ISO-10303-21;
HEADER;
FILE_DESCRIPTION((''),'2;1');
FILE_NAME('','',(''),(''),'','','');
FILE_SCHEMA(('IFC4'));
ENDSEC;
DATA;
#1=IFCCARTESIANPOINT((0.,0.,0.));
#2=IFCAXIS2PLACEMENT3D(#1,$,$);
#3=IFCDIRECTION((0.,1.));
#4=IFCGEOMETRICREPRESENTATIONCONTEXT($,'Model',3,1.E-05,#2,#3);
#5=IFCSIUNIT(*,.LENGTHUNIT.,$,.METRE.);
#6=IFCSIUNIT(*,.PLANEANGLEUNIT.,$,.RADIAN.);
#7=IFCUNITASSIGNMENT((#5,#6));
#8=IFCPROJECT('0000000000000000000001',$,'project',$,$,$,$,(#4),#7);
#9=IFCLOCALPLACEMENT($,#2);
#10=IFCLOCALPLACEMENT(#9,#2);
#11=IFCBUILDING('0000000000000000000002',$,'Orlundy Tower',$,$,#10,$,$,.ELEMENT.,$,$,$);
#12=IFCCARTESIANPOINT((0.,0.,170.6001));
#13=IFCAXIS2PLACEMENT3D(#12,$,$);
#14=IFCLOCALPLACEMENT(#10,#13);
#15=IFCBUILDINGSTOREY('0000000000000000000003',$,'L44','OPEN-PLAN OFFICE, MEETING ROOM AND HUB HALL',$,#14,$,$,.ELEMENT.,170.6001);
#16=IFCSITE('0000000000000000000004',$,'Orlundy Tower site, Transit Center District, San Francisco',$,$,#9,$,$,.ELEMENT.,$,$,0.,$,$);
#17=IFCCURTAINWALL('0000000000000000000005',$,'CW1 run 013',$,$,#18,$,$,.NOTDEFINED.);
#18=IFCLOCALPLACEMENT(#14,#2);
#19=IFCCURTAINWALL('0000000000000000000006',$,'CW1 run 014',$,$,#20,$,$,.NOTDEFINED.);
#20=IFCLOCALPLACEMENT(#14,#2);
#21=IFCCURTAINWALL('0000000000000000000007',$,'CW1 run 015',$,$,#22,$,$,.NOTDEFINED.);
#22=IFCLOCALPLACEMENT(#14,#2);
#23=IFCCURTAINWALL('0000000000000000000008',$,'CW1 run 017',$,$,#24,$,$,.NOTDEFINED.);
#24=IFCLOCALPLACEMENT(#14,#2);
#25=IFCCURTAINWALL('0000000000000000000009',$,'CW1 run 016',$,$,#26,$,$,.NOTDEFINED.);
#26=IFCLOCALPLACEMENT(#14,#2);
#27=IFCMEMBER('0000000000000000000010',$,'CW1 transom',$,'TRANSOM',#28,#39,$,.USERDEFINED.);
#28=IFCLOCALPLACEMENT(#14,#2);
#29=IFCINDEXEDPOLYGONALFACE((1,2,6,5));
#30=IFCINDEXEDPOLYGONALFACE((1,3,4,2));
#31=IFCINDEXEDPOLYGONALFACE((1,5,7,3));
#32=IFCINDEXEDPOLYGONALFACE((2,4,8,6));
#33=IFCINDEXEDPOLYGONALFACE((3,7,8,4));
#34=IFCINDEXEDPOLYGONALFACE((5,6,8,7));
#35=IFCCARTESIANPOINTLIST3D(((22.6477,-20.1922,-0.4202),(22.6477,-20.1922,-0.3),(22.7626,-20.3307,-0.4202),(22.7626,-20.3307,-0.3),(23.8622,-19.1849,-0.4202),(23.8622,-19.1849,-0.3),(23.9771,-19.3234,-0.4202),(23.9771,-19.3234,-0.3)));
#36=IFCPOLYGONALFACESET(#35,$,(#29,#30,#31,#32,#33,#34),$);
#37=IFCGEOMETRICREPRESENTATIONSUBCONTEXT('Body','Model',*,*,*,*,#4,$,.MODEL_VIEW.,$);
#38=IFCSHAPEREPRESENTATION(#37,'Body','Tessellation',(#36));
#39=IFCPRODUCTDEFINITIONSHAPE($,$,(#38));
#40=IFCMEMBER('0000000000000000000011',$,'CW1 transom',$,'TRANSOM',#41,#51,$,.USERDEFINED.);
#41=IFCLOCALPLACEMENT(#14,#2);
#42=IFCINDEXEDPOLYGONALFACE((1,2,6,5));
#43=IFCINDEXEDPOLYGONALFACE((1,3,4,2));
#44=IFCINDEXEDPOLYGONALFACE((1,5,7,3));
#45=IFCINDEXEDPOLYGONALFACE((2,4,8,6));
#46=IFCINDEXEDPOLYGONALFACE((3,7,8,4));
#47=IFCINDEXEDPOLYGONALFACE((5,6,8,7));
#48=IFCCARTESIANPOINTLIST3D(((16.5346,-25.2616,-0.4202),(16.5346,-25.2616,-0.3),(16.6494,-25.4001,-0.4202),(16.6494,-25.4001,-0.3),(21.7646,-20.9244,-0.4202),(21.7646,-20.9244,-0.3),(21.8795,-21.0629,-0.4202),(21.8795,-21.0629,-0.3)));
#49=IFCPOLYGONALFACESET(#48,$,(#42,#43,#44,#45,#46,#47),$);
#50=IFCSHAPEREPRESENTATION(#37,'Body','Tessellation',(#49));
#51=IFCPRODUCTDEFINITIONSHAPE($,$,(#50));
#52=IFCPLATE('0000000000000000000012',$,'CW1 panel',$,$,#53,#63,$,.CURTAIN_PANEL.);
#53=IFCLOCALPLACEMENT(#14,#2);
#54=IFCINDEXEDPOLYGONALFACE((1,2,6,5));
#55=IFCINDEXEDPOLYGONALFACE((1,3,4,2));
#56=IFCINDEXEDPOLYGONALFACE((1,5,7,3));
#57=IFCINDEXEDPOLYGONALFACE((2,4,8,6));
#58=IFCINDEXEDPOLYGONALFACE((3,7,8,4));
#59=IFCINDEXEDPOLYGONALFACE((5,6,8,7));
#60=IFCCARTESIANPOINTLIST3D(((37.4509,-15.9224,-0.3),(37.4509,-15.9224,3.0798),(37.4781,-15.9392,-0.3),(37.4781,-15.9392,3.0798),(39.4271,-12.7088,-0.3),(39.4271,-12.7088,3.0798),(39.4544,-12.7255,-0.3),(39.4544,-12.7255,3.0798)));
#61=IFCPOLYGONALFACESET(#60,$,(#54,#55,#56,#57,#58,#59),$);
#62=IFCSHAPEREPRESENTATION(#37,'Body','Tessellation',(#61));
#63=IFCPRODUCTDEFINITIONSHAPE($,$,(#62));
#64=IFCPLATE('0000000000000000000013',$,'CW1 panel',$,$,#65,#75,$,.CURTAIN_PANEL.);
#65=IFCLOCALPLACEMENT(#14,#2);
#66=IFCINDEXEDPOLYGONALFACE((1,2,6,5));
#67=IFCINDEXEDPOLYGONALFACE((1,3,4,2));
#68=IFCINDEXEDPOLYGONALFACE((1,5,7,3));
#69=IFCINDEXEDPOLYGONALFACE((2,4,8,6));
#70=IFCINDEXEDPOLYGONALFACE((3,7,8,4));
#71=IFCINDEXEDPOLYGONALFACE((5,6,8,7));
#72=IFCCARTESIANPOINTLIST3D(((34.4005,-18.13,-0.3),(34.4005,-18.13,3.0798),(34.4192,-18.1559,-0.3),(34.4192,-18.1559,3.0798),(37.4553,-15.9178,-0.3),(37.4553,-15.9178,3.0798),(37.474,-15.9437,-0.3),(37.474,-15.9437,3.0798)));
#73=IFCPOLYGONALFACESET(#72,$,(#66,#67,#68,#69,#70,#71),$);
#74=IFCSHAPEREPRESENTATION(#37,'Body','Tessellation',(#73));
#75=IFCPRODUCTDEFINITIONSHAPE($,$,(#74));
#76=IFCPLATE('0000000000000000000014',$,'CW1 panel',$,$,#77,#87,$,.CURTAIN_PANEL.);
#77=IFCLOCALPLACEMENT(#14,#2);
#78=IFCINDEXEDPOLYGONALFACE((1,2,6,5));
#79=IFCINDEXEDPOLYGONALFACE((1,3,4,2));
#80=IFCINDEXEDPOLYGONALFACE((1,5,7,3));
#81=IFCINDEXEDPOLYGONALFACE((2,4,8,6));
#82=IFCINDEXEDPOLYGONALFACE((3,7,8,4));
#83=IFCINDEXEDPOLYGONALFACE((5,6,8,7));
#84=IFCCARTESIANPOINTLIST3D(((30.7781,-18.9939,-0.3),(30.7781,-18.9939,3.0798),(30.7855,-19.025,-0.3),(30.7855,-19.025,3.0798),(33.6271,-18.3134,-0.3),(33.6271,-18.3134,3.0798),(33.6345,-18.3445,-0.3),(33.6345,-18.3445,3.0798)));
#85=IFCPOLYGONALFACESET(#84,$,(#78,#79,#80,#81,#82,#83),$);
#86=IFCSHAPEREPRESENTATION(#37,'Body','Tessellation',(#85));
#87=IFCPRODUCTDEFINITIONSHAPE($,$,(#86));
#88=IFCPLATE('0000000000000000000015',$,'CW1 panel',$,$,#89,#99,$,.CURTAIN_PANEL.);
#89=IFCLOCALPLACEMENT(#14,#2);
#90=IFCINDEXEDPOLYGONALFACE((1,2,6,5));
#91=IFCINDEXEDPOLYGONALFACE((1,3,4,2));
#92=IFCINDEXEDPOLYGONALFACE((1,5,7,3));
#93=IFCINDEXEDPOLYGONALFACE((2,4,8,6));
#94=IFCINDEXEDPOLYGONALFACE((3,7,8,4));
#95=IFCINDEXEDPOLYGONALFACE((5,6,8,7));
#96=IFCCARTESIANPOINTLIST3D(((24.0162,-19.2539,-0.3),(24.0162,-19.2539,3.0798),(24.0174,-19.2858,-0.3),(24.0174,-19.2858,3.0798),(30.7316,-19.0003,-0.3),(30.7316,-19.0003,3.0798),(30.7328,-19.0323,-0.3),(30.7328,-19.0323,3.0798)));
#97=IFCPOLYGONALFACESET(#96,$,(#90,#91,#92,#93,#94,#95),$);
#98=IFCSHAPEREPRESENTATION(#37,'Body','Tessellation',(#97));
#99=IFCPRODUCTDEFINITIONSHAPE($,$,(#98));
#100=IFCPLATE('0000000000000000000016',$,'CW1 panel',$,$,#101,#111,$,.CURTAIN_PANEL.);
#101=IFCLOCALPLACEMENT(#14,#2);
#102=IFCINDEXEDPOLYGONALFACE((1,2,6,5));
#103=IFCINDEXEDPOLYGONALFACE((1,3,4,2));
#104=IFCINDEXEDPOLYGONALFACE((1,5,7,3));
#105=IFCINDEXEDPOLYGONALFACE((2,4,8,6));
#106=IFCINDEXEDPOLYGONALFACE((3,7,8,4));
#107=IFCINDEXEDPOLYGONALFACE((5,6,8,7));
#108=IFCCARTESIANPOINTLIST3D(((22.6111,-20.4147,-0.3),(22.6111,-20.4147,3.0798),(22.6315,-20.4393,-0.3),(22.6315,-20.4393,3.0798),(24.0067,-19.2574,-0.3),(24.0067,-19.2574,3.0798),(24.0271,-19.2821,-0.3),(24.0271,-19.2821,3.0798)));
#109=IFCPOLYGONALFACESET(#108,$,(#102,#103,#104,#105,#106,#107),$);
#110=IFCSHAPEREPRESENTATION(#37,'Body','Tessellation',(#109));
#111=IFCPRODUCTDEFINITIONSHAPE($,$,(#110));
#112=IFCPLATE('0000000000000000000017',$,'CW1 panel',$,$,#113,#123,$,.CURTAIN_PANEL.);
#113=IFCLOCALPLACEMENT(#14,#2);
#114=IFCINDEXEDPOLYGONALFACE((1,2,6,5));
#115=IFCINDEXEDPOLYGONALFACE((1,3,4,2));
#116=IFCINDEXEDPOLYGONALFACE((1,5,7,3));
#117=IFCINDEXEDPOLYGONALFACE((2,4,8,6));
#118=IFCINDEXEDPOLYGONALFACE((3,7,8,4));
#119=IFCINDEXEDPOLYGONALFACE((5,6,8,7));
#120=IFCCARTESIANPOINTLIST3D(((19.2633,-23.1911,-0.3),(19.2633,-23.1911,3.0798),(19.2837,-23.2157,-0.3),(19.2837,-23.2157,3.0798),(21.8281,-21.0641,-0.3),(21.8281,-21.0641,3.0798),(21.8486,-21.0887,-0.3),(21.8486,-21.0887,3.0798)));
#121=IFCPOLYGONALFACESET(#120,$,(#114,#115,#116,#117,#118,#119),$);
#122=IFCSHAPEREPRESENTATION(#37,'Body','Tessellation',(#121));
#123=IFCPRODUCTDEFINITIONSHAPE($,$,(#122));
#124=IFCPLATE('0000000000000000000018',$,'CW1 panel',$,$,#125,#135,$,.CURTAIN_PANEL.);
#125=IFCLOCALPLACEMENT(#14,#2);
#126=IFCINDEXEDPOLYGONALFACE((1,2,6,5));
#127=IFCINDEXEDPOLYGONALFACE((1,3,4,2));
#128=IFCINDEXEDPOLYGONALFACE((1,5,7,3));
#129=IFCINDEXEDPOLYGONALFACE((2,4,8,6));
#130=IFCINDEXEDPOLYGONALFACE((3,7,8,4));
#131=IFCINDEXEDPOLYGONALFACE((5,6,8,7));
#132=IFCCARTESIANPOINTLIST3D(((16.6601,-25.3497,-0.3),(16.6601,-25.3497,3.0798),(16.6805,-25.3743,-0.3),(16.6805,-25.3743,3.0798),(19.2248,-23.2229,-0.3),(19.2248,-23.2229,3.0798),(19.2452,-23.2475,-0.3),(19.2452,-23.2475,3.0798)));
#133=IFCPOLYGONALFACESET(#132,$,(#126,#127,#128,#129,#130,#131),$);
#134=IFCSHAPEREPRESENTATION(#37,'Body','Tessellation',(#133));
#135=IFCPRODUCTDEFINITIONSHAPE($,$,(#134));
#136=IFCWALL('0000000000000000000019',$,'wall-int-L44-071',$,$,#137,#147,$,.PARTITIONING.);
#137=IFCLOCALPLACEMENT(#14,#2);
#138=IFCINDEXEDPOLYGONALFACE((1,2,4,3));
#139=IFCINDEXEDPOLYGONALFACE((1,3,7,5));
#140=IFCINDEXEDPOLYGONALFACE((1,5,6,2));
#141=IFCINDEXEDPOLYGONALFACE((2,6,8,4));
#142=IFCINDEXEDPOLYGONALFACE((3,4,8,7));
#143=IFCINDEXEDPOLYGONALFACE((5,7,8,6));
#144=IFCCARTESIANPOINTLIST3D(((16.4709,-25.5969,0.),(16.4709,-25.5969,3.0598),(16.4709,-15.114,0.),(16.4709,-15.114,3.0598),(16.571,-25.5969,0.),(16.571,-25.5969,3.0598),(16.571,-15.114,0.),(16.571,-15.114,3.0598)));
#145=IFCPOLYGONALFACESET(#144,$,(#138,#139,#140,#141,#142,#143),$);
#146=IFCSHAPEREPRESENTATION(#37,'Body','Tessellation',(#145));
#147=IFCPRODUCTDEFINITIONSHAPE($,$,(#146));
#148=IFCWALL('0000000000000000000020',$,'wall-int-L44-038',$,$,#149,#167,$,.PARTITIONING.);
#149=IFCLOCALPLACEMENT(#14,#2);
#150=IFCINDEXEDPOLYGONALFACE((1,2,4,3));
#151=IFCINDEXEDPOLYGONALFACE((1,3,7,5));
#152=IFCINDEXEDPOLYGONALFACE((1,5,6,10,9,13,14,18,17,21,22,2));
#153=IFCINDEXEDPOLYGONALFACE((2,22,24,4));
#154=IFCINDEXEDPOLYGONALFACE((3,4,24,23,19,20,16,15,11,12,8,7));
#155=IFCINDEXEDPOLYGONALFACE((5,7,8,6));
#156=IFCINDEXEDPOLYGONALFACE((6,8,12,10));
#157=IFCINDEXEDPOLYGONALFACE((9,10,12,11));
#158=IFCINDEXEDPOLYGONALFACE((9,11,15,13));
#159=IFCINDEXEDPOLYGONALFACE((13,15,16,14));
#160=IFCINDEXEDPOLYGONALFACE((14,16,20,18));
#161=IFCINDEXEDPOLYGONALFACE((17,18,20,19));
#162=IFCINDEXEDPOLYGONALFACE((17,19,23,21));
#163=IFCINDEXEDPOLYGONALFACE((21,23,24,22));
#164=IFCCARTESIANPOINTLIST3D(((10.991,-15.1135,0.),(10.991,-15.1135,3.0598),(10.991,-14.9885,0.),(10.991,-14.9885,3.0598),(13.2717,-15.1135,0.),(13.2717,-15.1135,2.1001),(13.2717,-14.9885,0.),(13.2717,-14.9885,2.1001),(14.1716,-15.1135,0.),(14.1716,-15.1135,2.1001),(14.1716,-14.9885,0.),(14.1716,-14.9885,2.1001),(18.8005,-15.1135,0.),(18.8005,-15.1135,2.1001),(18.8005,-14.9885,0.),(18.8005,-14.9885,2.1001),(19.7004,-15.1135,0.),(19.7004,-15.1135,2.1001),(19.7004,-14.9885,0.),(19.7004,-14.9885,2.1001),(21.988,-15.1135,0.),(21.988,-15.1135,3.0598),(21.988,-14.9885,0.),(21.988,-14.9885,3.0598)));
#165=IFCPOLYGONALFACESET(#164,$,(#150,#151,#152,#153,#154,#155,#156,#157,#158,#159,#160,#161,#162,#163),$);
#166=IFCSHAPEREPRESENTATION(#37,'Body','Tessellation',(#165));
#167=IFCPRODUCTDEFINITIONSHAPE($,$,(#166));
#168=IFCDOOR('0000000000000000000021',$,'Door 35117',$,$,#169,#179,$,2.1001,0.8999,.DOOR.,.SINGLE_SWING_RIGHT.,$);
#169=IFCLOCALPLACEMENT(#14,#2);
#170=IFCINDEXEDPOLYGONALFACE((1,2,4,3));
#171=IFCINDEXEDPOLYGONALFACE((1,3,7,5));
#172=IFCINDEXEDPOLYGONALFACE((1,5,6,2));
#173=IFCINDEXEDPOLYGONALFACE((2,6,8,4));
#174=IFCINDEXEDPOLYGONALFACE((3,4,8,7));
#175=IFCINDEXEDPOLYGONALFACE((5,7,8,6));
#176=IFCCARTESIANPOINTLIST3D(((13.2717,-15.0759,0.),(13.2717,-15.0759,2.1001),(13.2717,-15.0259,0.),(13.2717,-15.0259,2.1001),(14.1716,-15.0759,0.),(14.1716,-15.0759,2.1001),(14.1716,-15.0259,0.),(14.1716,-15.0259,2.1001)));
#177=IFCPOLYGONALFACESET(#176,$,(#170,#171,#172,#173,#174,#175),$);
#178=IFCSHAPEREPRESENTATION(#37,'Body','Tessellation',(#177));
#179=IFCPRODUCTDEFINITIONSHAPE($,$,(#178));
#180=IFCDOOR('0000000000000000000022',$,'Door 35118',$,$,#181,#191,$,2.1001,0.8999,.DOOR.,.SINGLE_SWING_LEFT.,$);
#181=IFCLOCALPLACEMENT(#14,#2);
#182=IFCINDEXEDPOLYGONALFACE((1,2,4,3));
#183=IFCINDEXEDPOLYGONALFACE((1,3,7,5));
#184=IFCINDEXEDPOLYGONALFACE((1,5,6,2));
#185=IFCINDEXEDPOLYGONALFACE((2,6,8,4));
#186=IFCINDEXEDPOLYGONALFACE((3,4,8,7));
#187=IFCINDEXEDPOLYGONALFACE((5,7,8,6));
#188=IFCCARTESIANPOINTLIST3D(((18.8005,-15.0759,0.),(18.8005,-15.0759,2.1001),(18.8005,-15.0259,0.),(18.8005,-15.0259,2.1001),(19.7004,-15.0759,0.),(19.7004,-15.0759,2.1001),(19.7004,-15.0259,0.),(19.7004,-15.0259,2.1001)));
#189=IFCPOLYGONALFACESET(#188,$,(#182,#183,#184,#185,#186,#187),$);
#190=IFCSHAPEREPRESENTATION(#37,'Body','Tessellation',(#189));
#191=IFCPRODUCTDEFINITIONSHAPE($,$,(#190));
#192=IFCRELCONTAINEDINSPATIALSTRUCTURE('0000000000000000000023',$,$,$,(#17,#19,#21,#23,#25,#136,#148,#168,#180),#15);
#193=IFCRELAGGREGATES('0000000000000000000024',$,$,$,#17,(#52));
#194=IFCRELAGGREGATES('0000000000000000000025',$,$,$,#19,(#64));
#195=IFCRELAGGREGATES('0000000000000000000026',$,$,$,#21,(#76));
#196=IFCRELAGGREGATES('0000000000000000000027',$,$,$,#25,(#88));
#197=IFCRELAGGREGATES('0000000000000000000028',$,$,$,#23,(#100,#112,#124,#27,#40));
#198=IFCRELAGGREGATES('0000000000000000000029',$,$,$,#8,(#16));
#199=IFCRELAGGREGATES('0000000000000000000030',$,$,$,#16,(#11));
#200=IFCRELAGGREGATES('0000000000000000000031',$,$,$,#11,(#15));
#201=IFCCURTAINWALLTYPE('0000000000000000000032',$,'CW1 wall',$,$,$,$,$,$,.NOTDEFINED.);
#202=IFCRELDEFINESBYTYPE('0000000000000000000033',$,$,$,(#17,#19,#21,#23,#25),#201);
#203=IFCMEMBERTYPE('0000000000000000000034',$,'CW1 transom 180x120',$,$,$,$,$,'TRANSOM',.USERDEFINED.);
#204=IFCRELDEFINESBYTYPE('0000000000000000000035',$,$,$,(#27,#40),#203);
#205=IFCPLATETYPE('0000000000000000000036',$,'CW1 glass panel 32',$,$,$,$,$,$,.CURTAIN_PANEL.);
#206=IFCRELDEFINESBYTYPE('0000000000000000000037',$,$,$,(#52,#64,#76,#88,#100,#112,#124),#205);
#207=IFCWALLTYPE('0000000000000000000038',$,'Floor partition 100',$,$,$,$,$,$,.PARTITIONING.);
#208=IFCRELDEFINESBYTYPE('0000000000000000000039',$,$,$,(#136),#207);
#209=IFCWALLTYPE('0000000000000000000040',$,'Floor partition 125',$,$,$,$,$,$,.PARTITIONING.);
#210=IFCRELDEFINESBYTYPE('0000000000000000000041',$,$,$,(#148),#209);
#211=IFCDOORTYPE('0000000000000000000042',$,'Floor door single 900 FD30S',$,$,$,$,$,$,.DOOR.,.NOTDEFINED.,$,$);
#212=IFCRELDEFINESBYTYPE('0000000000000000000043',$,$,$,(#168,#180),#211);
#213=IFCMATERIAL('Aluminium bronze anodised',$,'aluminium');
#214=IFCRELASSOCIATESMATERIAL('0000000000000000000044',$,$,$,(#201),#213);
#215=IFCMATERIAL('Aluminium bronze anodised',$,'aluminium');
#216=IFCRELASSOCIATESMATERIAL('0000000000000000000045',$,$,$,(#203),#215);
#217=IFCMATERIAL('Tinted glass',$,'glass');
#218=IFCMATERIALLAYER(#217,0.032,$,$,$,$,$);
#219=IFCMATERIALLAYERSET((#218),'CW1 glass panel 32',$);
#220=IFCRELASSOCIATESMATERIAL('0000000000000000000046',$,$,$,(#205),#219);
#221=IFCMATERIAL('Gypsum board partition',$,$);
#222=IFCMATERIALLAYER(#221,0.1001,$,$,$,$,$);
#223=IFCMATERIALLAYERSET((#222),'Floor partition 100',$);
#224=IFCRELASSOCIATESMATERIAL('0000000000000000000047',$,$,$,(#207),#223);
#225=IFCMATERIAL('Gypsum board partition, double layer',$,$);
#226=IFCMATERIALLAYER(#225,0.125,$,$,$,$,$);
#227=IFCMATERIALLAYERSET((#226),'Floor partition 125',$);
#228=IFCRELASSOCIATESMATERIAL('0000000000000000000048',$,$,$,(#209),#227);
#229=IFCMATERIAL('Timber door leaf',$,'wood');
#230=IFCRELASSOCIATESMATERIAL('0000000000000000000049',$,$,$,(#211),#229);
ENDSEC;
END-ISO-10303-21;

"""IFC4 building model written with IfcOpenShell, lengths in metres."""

from ifc_helpers import new_model, si_unit, direction, frame, frame_2d, origin, origin_2d, place, context, subcontext, project, spatial, rectangle, extrude, material, layer, layer_set, material_profile, profile_set, type_object, element, fill, aggregate, save


model = new_model("IFC4")

# Units and contexts
model_context = context("Model", 3, precision=1e-05, world=origin(), true_north=direction((0.0, 1.0)))
body_context = subcontext(model_context, "Body", "Model", "MODEL_VIEW")
ifc_project = project(units=[si_unit("LENGTHUNIT", "METRE"), si_unit("PLANEANGLEUNIT", "RADIAN")], contexts=[model_context])

# Site, building, storey
site_placement = place(None, origin())
site = spatial("IfcSite", under=ifc_project, at=site_placement, Name="Orlundy Tower site, Transit Center District, San Francisco", CompositionType="ELEMENT", RefElevation=0.0)
building_placement = place(site_placement, origin())
building = spatial("IfcBuilding", under=site, at=building_placement, Name="Orlundy Tower", CompositionType="ELEMENT")
storey_placement = place(building_placement, frame((0.0, 0.0, 170.6001)))
storey = spatial("IfcBuildingStorey", under=building, at=storey_placement, Name="L44", Description="OPEN-PLAN OFFICE, MEETING ROOM AND HUB HALL", CompositionType="ELEMENT", Elevation=170.6001)

# Curtain walls
ifc_material_1 = material(Name="Aluminium bronze anodised", Category="aluminium")
curtain_wall_type = type_object("IfcCurtainWallType", Name="CW1 wall", PredefinedType="NOTDEFINED", material=ifc_material_1)
curtain_wall_1_placement = place(storey_placement, origin())
curtain_wall_1 = element("IfcCurtainWall", 1, at=curtain_wall_1_placement, inside=storey, type_object=curtain_wall_type, Name="CW1 run 013", PredefinedType="NOTDEFINED")
curtain_wall_2_placement = place(storey_placement, origin())
curtain_wall_2 = element("IfcCurtainWall", 2, at=curtain_wall_2_placement, inside=storey, type_object=curtain_wall_type, Name="CW1 run 014", PredefinedType="NOTDEFINED")
curtain_wall_3_placement = place(storey_placement, origin())
curtain_wall_3 = element("IfcCurtainWall", 3, at=curtain_wall_3_placement, inside=storey, type_object=curtain_wall_type, Name="CW1 run 015", PredefinedType="NOTDEFINED")
curtain_wall_4_placement = place(storey_placement, origin())
curtain_wall_4 = element("IfcCurtainWall", 4, at=curtain_wall_4_placement, inside=storey, type_object=curtain_wall_type, Name="CW1 run 017", PredefinedType="NOTDEFINED")
curtain_wall_5_placement = place(storey_placement, origin())
curtain_wall_5 = element("IfcCurtainWall", 5, at=curtain_wall_5_placement, inside=storey, type_object=curtain_wall_type, Name="CW1 run 016", PredefinedType="NOTDEFINED")

# Members
ifc_material_2 = material(Name="Aluminium bronze anodised", Category="aluminium")
ifc_material_profile_1 = material_profile(ifc_material_2, rectangle(XDim=0.1799, YDim=0.1201, at=origin_2d()), Name="CW1 transom 180x120")
ifc_profile_set_1 = profile_set([ifc_material_profile_1], Name="Aluminium bronze anodised")
member_type_1 = type_object("IfcMemberType", Name="CW1 transom 180x120", ElementType="TRANSOM", PredefinedType="USERDEFINED", material=ifc_profile_set_1)
member_1_placement = place(storey_placement, frame((23.9197, -19.2542, -0.3601), z_axis=(-0.769728, -0.638372, 0.0), x_axis=(0.638372, -0.769728, 0.0)))
member_1 = element("IfcMember", 6, at=member_1_placement, type_object=member_type_1, Name="CW1 transom", ObjectType="TRANSOM", PredefinedType="USERDEFINED", context=body_context, shape_type="SweptSolid", body=[
    extrude(rectangle(XDim=0.1799, YDim=0.1201, at=origin_2d()), origin(), (0.0, 0.0, 1.0), 1.5779),
])
member_2_placement = place(storey_placement, frame((21.822, -20.9937, -0.3601), z_axis=(-0.769751, -0.638345, 0.0), x_axis=(0.638345, -0.769751, 0.0)))
member_2 = element("IfcMember", 7, at=member_2_placement, type_object=member_type_1, Name="CW1 transom", ObjectType="TRANSOM", PredefinedType="USERDEFINED", context=body_context, shape_type="SweptSolid", body=[
    extrude(rectangle(XDim=0.1799, YDim=0.1201, at=origin_2d()), origin(), (0.0, 0.0, 1.0), 6.7944),
])

# Plates
ifc_material_3 = material(Name="Tinted glass", Category="glass")
ifc_layer_1 = layer(ifc_material_3, 0.032)
ifc_layer_set_1 = layer_set([ifc_layer_1], Name="CW1 glass panel 32")
plate_type = type_object("IfcPlateType", Name="CW1 glass panel 32", PredefinedType="CURTAIN_PANEL", material=ifc_layer_set_1)
plate_1_placement = place(storey_placement, frame((38.4526, -14.324, -0.3), z_axis=(0.0, 0.0, 1.0), x_axis=(-0.523827, -0.851825, 0.0)))
plate_1 = element("IfcPlate", 8, at=plate_1_placement, type_object=plate_type, Name="CW1 panel", PredefinedType="CURTAIN_PANEL", context=body_context, shape_type="SweptSolid", body=[
    extrude(rectangle(XDim=3.7727, YDim=0.032, at=origin_2d()), origin(), (0.0, 0.0, 1.0), 3.3799),
])
aggregate(curtain_wall_1, [plate_1])
plate_2_placement = place(storey_placement, frame((35.9373, -17.0369, -0.3), z_axis=(0.0, 0.0, 1.0), x_axis=(-0.809924, -0.586534, 0.0)))
plate_2 = element("IfcPlate", 9, at=plate_2_placement, type_object=plate_type, Name="CW1 panel", PredefinedType="CURTAIN_PANEL", context=body_context, shape_type="SweptSolid", body=[
    extrude(rectangle(XDim=3.7717, YDim=0.032, at=origin_2d()), origin(), (0.0, 0.0, 1.0), 3.3799),
])
aggregate(curtain_wall_2, [plate_2])
plate_3_placement = place(storey_placement, frame((32.2063, -18.6692, -0.3), z_axis=(0.0, 0.0, 1.0), x_axis=(-0.972644, -0.232301, 0.0)))
plate_3 = element("IfcPlate", 10, at=plate_3_placement, type_object=plate_type, Name="CW1 panel", PredefinedType="CURTAIN_PANEL", context=body_context, shape_type="SweptSolid", body=[
    extrude(rectangle(XDim=2.9292, YDim=0.032, at=origin_2d()), origin(), (0.0, 0.0, 1.0), 3.3799),
])
aggregate(curtain_wall_3, [plate_3])
plate_4_placement = place(storey_placement, frame((27.3745, -19.1431, -0.3), z_axis=(0.0, 0.0, 1.0), x_axis=(-0.999288, -0.037731, 0.0)))
plate_4 = element("IfcPlate", 11, at=plate_4_placement, type_object=plate_type, Name="CW1 panel", PredefinedType="CURTAIN_PANEL", context=body_context, shape_type="SweptSolid", body=[
    extrude(rectangle(XDim=6.7202, YDim=0.032, at=origin_2d()), origin(), (0.0, 0.0, 1.0), 3.3799),
])
aggregate(curtain_wall_5, [plate_4])
plate_5_placement = place(storey_placement, frame((23.3191, -19.8484, -0.3), z_axis=(0.0, 0.0, 1.0), x_axis=(-0.769762, -0.638331, 0.0)))
plate_5 = element("IfcPlate", 12, at=plate_5_placement, type_object=plate_type, Name="CW1 panel", PredefinedType="CURTAIN_PANEL", context=body_context, shape_type="SweptSolid", body=[
    extrude(rectangle(XDim=1.813, YDim=0.032, at=origin_2d()), origin(), (0.0, 0.0, 1.0), 3.3799),
])
plate_6_placement = place(storey_placement, frame((20.5559, -22.1399, -0.3), z_axis=(0.0, 0.0, 1.0), x_axis=(-0.769762, -0.638331, 0.0)))
plate_6 = element("IfcPlate", 13, at=plate_6_placement, type_object=plate_type, Name="CW1 panel", PredefinedType="CURTAIN_PANEL", context=body_context, shape_type="SweptSolid", body=[
    extrude(rectangle(XDim=3.332, YDim=0.032, at=origin_2d()), origin(), (0.0, 0.0, 1.0), 3.3799),
])
plate_7_placement = place(storey_placement, frame((17.9526, -24.2986, -0.3), z_axis=(0.0, 0.0, 1.0), x_axis=(-0.769762, -0.638331, 0.0)))
plate_7 = element("IfcPlate", 14, at=plate_7_placement, type_object=plate_type, Name="CW1 panel", PredefinedType="CURTAIN_PANEL", context=body_context, shape_type="SweptSolid", body=[
    extrude(rectangle(XDim=3.3318, YDim=0.032, at=origin_2d()), origin(), (0.0, 0.0, 1.0), 3.3799),
])
aggregate(curtain_wall_4, [plate_5, plate_6, plate_7, member_1, member_2])

# Wall
ifc_material_4 = material(Name="Gypsum board partition")
ifc_layer_2 = layer(ifc_material_4, 0.1001)
ifc_layer_set_2 = layer_set([ifc_layer_2], Name="Floor partition 100")
wall_type_1 = type_object("IfcWallType", Name="Floor partition 100", PredefinedType="PARTITIONING", material=ifc_layer_set_2)
wall_1_placement = place(storey_placement, frame((16.521, -25.5969, 0.0), z_axis=(0.0, 0.0, 1.0), x_axis=(0.0, 1.0, 0.0)))
element("IfcWall", 15, at=wall_1_placement, inside=storey, type_object=wall_type_1, Name="wall-int-L44-071", PredefinedType="PARTITIONING", context=body_context, shape_type="SweptSolid", body=[
    extrude(rectangle(XDim=10.4829, YDim=0.1001, at=frame_2d((5.2415, 0.0))), origin(), (0.0, 0.0, 1.0), 3.0598),
])

# Wall, openings, doors
ifc_material_5 = material(Name="Gypsum board partition, double layer")
ifc_layer_3 = layer(ifc_material_5, 0.125)
ifc_layer_set_3 = layer_set([ifc_layer_3], Name="Floor partition 125")
wall_type_2 = type_object("IfcWallType", Name="Floor partition 125", PredefinedType="PARTITIONING", material=ifc_layer_set_3)
wall_2_placement = place(storey_placement, frame((21.988, -15.051, 0.0), z_axis=(0.0, 0.0, 1.0), x_axis=(-1.0, 0.0, 0.0)))
wall_2 = element("IfcWall", 16, at=wall_2_placement, inside=storey, type_object=wall_type_2, Name="wall-int-L44-038", PredefinedType="PARTITIONING", context=body_context, shape_type="SweptSolid", body=[
    extrude(rectangle(XDim=10.9971, YDim=0.125, at=frame_2d((5.4985, 0.0))), origin(), (0.0, 0.0, 1.0), 3.0598),
])
opening_1_placement = place(wall_2_placement, frame((7.8164, 0.0, 0.0)))
opening_1 = element("IfcOpeningElement", 17, at=opening_1_placement, cuts=wall_2, PredefinedType="OPENING", context=body_context, shape_type="SweptSolid", body=[
    extrude(rectangle(XDim=0.8999, YDim=2.1001, at=frame_2d((0.45, 1.05))), frame((0.0, 0.0725, 0.0), z_axis=(0.0, -1.0, 0.0), x_axis=(1.0, 0.0, 0.0)), (0.0, 0.0, 1.0), 0.145),
])
opening_2_placement = place(wall_2_placement, frame((2.2876, 0.0, 0.0)))
opening_2 = element("IfcOpeningElement", 18, at=opening_2_placement, cuts=wall_2, PredefinedType="OPENING", context=body_context, shape_type="SweptSolid", body=[
    extrude(rectangle(XDim=0.8999, YDim=2.1001, at=frame_2d((0.45, 1.05))), frame((0.0, 0.0725, 0.0), z_axis=(0.0, -1.0, 0.0), x_axis=(1.0, 0.0, 0.0)), (0.0, 0.0, 1.0), 0.145),
])
ifc_material_6 = material(Name="Timber door leaf", Category="wood")
door_type = type_object("IfcDoorType", Name="Floor door single 900 FD30S", OperationType="NOTDEFINED", PredefinedType="DOOR", material=ifc_material_6)
door_1_placement = place(opening_1_placement, origin())
door_1 = element("IfcDoor", 19, at=door_1_placement, inside=storey, type_object=door_type, Name="Door 35117", OperationType="SINGLE_SWING_RIGHT", OverallHeight=2.1001, OverallWidth=0.8999, PredefinedType="DOOR", context=body_context, shape_type="SweptSolid", body=[
    extrude(rectangle(XDim=0.8999, YDim=2.1001, at=frame_2d((0.45, 1.05))), frame((0.0, 0.0249, 0.0), z_axis=(0.0, -1.0, 0.0), x_axis=(1.0, 0.0, 0.0)), (0.0, 0.0, 1.0), 0.05),
])
fill(opening_1, door_1)
door_2_placement = place(opening_2_placement, origin())
door_2 = element("IfcDoor", 20, at=door_2_placement, inside=storey, type_object=door_type, Name="Door 35118", OperationType="SINGLE_SWING_LEFT", OverallHeight=2.1001, OverallWidth=0.8999, PredefinedType="DOOR", context=body_context, shape_type="SweptSolid", body=[
    extrude(rectangle(XDim=0.8999, YDim=2.1001, at=frame_2d((0.45, 1.05))), frame((0.0, 0.0249, 0.0), z_axis=(0.0, -1.0, 0.0), x_axis=(1.0, 0.0, 0.0)), (0.0, 0.0, 1.0), 0.05),
])
fill(opening_2, door_2)

save(model, "model.ifc")
